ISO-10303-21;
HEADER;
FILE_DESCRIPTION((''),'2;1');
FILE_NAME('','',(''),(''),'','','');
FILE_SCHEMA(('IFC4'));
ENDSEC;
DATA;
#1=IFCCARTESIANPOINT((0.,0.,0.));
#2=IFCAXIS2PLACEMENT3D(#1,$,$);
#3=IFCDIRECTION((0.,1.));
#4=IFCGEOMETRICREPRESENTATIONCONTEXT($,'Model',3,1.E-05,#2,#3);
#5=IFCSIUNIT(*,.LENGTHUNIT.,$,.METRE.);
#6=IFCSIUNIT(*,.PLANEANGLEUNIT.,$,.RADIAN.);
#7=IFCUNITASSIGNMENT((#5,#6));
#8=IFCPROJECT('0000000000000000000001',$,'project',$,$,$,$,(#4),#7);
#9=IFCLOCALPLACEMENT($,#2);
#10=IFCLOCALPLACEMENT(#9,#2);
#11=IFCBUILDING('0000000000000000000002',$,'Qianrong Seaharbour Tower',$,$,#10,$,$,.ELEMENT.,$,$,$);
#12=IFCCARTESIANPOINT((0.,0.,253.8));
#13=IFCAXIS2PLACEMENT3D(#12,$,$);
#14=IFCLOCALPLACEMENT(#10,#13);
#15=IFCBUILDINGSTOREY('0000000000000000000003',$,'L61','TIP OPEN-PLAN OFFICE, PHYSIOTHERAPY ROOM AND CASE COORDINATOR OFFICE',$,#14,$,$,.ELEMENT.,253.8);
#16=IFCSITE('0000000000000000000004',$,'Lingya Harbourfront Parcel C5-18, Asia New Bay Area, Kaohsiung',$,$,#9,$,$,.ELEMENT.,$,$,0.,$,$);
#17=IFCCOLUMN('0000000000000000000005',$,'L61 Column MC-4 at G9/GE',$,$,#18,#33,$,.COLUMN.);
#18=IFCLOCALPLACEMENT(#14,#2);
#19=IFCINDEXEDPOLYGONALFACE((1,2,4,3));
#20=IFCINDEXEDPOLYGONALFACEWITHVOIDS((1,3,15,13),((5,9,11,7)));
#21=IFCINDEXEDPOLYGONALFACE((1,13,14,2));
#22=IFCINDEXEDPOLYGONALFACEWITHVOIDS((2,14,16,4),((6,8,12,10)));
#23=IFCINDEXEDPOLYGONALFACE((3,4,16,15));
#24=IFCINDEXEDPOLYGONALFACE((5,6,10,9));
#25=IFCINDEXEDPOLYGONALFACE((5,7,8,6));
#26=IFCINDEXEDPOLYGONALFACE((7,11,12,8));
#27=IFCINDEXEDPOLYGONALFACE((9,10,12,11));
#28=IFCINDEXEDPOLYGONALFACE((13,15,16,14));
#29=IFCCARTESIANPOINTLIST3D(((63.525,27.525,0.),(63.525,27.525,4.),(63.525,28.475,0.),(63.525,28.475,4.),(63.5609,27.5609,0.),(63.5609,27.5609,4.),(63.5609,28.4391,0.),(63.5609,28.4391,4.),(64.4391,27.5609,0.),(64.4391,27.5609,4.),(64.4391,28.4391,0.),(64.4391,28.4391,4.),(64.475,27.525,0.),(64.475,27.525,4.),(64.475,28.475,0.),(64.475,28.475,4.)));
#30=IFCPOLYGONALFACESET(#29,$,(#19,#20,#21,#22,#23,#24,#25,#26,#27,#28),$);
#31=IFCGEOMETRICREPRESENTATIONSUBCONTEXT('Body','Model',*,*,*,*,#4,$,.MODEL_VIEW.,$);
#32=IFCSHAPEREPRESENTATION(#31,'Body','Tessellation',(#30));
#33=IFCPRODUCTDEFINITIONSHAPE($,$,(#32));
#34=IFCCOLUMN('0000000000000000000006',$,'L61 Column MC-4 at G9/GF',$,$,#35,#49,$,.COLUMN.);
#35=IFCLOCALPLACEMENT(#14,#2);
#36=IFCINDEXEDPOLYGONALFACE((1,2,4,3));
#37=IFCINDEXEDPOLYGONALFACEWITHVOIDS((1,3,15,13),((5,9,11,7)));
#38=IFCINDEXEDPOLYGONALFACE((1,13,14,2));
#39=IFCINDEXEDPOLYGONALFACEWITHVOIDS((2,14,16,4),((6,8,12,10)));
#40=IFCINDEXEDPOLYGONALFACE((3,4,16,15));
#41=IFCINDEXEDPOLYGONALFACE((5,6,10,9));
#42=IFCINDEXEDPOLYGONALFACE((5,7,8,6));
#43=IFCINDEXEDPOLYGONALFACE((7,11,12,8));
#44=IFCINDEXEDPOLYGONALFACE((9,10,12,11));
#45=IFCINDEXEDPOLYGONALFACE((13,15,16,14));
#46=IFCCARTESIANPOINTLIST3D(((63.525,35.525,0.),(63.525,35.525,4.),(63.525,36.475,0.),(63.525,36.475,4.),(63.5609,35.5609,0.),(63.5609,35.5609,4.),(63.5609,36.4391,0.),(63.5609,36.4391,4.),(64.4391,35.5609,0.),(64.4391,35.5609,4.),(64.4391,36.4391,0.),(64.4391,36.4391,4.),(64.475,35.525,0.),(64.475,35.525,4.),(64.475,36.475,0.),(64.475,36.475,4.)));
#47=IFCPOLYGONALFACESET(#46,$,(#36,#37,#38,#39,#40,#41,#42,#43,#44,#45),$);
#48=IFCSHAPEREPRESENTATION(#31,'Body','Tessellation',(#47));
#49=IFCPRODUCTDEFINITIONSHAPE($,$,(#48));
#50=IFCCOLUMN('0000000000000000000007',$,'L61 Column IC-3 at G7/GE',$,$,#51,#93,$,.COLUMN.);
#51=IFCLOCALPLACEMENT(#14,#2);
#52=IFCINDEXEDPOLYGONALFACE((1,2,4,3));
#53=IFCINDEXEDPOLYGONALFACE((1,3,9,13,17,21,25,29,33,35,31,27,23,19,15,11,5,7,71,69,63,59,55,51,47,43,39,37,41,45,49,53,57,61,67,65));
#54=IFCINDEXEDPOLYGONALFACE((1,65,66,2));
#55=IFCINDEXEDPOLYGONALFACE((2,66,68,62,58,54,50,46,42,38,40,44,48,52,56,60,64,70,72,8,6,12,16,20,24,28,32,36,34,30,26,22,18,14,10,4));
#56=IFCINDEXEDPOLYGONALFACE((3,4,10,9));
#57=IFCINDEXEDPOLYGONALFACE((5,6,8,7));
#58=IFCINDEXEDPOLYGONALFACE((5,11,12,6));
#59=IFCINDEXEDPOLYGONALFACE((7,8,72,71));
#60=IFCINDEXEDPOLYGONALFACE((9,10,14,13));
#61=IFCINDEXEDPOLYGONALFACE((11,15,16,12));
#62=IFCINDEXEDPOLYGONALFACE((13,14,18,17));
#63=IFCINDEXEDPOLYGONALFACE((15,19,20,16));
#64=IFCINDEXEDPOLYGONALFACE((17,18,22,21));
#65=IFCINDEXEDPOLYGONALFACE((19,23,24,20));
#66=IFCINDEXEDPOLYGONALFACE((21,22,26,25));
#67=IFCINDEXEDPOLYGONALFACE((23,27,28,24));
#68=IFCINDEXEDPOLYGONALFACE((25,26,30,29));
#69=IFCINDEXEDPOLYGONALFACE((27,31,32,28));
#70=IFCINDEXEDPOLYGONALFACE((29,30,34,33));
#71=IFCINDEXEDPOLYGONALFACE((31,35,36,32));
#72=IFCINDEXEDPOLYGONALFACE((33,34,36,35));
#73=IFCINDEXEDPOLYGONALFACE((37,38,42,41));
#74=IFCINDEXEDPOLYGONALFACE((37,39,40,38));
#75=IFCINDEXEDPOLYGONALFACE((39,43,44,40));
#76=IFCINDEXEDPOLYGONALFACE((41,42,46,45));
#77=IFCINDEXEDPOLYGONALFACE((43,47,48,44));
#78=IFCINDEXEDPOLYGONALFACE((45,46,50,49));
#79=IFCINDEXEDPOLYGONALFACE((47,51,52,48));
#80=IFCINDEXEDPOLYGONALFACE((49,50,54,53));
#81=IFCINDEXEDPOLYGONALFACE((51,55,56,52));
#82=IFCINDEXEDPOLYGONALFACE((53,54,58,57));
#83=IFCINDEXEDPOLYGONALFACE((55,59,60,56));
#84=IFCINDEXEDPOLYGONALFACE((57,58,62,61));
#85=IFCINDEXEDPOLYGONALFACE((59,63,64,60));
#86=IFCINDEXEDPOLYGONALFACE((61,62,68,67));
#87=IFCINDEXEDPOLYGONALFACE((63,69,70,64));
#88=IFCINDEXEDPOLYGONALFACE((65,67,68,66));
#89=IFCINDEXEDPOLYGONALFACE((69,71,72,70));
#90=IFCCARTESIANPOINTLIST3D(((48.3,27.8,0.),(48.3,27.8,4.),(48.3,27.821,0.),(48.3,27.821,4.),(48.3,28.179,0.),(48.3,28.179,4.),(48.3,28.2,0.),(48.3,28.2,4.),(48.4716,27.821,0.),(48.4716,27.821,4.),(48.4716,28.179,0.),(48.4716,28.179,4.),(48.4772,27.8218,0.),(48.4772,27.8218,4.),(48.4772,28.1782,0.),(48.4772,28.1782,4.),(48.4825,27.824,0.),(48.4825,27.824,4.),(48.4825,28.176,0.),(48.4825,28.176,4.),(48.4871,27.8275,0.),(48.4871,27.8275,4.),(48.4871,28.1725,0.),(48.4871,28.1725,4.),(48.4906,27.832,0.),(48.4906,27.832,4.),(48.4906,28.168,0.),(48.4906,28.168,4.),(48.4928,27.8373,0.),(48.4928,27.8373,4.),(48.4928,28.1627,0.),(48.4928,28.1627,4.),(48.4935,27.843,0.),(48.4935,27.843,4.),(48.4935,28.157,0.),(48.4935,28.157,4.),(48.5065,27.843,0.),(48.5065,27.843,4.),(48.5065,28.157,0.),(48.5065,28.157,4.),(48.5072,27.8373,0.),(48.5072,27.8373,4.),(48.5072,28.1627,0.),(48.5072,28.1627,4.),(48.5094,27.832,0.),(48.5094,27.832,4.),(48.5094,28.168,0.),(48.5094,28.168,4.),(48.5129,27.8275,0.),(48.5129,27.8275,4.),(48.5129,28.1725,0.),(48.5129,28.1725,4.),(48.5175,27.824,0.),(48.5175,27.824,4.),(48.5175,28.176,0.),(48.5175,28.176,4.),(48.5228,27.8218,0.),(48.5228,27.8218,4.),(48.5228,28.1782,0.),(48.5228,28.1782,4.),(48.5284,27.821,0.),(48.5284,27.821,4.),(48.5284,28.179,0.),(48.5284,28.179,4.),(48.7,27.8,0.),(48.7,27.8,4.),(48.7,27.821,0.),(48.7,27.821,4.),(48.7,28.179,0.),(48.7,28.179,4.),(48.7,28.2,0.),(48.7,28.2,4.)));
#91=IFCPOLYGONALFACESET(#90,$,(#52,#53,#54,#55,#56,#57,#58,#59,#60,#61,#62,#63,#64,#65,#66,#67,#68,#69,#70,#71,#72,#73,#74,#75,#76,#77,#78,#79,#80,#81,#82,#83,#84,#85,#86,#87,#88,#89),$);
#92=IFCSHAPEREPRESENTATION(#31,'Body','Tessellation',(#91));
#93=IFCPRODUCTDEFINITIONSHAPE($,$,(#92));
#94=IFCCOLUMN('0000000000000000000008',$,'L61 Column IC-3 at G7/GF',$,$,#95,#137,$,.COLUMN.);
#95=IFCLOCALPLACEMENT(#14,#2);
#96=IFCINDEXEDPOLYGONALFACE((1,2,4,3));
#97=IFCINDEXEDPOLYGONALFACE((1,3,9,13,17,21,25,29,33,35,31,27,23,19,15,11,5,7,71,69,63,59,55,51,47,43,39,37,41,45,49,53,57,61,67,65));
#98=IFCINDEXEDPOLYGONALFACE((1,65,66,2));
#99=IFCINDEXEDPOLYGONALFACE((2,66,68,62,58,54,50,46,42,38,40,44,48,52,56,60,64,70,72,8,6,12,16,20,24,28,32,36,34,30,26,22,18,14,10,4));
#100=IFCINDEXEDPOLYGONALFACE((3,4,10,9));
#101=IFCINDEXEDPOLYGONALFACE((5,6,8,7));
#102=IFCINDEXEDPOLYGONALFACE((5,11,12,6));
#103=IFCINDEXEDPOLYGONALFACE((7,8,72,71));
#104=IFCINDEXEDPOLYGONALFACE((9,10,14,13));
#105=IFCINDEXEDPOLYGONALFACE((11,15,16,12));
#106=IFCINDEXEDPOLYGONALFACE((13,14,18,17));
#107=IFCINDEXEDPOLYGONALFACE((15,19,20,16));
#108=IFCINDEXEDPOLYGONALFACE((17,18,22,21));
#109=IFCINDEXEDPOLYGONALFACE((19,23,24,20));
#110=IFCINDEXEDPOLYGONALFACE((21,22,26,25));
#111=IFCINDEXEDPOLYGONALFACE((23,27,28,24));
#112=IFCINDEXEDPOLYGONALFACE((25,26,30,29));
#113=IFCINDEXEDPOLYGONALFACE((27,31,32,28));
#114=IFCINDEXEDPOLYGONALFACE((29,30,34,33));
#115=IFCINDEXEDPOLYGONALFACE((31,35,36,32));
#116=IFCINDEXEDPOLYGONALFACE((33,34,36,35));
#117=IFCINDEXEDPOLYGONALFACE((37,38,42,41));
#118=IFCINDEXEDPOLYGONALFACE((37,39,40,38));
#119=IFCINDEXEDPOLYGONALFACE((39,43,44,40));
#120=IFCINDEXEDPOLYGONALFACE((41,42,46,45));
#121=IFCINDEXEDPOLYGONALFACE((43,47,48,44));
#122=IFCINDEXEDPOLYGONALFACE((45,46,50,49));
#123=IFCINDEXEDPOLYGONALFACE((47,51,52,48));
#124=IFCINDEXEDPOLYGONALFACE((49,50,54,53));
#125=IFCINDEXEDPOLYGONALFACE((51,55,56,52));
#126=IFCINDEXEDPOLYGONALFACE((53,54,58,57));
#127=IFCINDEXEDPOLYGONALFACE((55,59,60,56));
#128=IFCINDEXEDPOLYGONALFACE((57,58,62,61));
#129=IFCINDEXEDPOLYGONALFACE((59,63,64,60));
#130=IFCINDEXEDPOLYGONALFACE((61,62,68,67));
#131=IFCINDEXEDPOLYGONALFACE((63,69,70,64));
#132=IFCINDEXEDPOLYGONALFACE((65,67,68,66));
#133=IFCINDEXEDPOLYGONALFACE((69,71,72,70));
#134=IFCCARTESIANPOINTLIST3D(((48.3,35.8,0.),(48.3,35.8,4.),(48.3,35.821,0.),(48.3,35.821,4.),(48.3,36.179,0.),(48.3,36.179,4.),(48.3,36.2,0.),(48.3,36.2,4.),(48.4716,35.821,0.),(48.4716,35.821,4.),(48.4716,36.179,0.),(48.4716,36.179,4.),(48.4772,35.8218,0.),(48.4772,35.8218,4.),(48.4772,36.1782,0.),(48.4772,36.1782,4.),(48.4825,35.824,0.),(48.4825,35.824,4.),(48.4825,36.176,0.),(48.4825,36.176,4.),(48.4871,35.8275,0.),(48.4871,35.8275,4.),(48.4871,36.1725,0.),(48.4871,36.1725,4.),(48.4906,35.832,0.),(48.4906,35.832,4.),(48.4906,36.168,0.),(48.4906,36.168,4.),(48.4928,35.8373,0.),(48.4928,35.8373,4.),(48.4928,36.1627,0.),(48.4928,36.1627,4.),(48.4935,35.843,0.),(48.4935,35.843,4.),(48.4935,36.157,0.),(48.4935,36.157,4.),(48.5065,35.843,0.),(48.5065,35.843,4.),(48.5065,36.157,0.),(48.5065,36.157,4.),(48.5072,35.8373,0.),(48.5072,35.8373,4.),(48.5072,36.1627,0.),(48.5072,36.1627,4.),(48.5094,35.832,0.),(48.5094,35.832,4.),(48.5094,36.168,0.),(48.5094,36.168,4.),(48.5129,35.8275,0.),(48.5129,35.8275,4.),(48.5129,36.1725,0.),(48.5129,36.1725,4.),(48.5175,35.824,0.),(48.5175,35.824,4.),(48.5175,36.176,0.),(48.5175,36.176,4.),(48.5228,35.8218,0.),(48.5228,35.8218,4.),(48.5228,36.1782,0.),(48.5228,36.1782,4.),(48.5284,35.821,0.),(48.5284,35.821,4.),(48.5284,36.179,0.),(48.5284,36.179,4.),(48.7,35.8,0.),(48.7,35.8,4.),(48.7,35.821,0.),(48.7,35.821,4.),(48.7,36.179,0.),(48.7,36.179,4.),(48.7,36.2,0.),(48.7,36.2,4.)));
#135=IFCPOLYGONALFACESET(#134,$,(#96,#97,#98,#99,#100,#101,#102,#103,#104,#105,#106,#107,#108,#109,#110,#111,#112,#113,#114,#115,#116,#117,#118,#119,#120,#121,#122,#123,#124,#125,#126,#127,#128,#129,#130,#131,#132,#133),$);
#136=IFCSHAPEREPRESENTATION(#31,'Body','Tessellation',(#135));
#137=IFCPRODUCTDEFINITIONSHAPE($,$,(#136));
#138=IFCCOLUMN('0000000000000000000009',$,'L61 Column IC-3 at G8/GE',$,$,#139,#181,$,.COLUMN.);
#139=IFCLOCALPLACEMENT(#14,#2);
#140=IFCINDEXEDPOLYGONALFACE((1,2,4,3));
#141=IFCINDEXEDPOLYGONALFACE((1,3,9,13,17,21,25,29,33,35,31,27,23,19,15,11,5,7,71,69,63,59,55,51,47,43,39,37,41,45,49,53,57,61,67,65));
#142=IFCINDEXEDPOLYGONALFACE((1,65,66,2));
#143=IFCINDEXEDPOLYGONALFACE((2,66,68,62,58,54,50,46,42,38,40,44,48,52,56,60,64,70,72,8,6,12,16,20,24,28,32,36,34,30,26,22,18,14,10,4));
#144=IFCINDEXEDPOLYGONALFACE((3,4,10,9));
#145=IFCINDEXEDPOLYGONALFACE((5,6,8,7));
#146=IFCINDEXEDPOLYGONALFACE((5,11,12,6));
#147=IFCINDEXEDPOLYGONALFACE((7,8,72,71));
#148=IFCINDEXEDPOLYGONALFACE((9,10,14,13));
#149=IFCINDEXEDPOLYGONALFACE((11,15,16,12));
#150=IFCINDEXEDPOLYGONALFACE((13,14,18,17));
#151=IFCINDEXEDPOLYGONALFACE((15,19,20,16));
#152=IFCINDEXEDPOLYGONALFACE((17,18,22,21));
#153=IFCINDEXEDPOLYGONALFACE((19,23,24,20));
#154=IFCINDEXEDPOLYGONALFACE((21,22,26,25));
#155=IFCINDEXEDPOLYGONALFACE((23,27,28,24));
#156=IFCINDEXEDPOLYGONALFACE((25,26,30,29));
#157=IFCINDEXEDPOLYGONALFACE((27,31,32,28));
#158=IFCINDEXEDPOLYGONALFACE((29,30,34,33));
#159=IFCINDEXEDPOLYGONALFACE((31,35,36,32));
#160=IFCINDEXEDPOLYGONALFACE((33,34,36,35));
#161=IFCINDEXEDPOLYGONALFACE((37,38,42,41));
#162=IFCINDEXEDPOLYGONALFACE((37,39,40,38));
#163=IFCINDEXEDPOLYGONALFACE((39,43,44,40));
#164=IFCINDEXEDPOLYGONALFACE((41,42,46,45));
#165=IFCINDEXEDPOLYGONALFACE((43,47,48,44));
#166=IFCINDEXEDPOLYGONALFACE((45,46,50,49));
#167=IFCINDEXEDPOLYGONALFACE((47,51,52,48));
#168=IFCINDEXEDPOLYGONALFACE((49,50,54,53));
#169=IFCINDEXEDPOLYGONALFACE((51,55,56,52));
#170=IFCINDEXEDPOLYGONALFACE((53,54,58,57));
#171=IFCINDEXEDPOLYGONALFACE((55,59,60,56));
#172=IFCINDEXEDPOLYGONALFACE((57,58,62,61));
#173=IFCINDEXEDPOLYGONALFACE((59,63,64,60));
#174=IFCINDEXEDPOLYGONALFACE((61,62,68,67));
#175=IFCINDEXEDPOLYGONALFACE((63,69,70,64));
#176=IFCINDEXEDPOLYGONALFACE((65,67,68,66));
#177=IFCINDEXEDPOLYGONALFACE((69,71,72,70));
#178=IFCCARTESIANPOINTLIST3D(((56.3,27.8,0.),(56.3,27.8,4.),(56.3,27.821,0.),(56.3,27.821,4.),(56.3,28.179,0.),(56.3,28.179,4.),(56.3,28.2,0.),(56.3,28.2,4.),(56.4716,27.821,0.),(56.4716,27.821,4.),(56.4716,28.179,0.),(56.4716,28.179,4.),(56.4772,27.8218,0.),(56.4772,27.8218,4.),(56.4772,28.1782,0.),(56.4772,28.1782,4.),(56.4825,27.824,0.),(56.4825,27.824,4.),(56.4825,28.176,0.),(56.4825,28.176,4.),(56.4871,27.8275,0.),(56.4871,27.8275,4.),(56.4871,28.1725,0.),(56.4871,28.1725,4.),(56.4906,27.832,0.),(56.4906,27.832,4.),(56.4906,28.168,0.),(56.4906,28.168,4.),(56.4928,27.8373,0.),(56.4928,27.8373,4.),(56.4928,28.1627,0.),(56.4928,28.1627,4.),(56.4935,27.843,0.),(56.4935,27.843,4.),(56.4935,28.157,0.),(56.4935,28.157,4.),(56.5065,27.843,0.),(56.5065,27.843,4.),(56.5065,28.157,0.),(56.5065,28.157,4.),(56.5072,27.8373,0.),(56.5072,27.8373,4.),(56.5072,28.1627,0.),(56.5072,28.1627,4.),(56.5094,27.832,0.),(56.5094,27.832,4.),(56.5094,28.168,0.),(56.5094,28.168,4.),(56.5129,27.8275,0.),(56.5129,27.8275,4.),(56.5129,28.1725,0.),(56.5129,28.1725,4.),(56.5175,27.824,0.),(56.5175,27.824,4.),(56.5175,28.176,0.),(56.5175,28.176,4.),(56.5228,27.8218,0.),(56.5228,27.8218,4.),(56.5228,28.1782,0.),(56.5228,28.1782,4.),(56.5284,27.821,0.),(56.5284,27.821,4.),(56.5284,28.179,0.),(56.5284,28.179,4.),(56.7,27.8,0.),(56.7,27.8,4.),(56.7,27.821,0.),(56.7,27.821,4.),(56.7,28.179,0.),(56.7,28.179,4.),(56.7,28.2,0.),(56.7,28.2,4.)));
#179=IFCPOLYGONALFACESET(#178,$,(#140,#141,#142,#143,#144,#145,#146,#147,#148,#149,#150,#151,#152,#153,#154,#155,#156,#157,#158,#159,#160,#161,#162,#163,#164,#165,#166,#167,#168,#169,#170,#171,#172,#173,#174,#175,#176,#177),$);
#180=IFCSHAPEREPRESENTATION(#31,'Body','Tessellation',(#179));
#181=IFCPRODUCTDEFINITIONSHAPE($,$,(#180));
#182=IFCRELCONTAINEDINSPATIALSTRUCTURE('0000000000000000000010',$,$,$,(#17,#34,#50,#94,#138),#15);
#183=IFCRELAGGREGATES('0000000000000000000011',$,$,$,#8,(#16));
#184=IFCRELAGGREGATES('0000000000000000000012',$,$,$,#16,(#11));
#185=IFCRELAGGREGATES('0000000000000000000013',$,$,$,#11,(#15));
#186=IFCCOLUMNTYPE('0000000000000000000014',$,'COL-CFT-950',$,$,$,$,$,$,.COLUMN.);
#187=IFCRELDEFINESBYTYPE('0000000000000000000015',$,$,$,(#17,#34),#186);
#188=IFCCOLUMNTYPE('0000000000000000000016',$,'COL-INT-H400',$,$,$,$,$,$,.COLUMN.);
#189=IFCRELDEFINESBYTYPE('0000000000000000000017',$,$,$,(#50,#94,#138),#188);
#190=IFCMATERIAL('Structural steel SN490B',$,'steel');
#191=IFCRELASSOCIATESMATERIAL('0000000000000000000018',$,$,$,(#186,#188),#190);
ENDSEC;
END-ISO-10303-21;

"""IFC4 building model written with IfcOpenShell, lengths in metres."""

from ifc_helpers import new_model, si_unit, direction, frame, origin, origin_2d, place, context, subcontext, project, spatial, hollow_rectangle, i_section, extrude, material, material_profile, profile_set, type_object, element, save


model = new_model("IFC4")

# Units and contexts
model_context = context("Model", 3, precision=1e-05, world=origin(), true_north=direction((0.0, 1.0)))
body_context = subcontext(model_context, "Body", "Model", "MODEL_VIEW")
ifc_project = project(units=[si_unit("LENGTHUNIT", "METRE"), si_unit("PLANEANGLEUNIT", "RADIAN")], contexts=[model_context])

# Site, building, storey
site_placement = place(None, origin())
site = spatial("IfcSite", under=ifc_project, at=site_placement, Name="Lingya Harbourfront Parcel C5-18, Asia New Bay Area, Kaohsiung", CompositionType="ELEMENT", RefElevation=0.0)
building_placement = place(site_placement, origin())
building = spatial("IfcBuilding", under=site, at=building_placement, Name="Qianrong Seaharbour Tower", CompositionType="ELEMENT")
storey_placement = place(building_placement, frame((0.0, 0.0, 253.8)))
storey = spatial("IfcBuildingStorey", under=building, at=storey_placement, Name="L61", Description="TIP OPEN-PLAN OFFICE, PHYSIOTHERAPY ROOM AND CASE COORDINATOR OFFICE", CompositionType="ELEMENT", Elevation=253.8)

# Columns
ifc_material_1 = material(Name="Structural steel SN490B", Category="steel")
ifc_material_profile_1 = material_profile(ifc_material_1, hollow_rectangle(XDim=0.95, YDim=0.95, WallThickness=0.0359, at=origin_2d()), Name="BOX950x950x36")
ifc_profile_set_1 = profile_set([ifc_material_profile_1], Name="Structural steel SN490B")
column_type_1 = type_object("IfcColumnType", Name="COL-CFT-950", PredefinedType="COLUMN", material=ifc_profile_set_1)
for number, where, z_axis, x_axis, name in (
    (1, (64.0, 28.0, 0.0), (0.0, 0.0, 1.0), (1.0, 0.0, 0.0), "L61 Column MC-4 at G9/GE"),
    (2, (64.0, 36.0, 0.0), (0.0, 0.0, 1.0), (1.0, 0.0, 0.0), "L61 Column MC-4 at G9/GF"),
):
    element("IfcColumn", number, at=place(storey_placement, frame(where, z_axis=z_axis, x_axis=x_axis)), inside=storey, type_object=column_type_1, Name=name, PredefinedType="COLUMN", context=body_context, shape_type="SweptSolid", body=[
        extrude(hollow_rectangle(XDim=0.95, YDim=0.95, WallThickness=0.0359, at=origin_2d()), origin(), (0.0, 0.0, 1.0), 4.0),
    ])
ifc_material_profile_2 = material_profile(ifc_material_1, i_section(OverallWidth=0.3999, OverallDepth=0.3999, WebThickness=0.0129, FlangeThickness=0.021, FilletRadius=0.022, at=origin_2d()), Name="H400x400x13x21")
ifc_profile_set_2 = profile_set([ifc_material_profile_2], Name="Structural steel SN490B")
column_type_2 = type_object("IfcColumnType", Name="COL-INT-H400", PredefinedType="COLUMN", material=ifc_profile_set_2)
for number, where, z_axis, x_axis, name in (
    (3, (48.5, 28.0, 0.0), (0.0, 0.0, 1.0), (1.0, 0.0, 0.0), "L61 Column IC-3 at G7/GE"),
    (4, (48.5, 36.0, 0.0), (0.0, 0.0, 1.0), (1.0, 0.0, 0.0), "L61 Column IC-3 at G7/GF"),
    (5, (56.5, 28.0, 0.0), (0.0, 0.0, 1.0), (1.0, 0.0, 0.0), "L61 Column IC-3 at G8/GE"),
):
    element("IfcColumn", number, at=place(storey_placement, frame(where, z_axis=z_axis, x_axis=x_axis)), inside=storey, type_object=column_type_2, Name=name, PredefinedType="COLUMN", context=body_context, shape_type="SweptSolid", body=[
        extrude(i_section(OverallWidth=0.3999, OverallDepth=0.3999, WebThickness=0.0129, FlangeThickness=0.021, FilletRadius=0.022, at=origin_2d()), origin(), (0.0, 0.0, 1.0), 4.0),
    ])

save(model, "model.ifc")
